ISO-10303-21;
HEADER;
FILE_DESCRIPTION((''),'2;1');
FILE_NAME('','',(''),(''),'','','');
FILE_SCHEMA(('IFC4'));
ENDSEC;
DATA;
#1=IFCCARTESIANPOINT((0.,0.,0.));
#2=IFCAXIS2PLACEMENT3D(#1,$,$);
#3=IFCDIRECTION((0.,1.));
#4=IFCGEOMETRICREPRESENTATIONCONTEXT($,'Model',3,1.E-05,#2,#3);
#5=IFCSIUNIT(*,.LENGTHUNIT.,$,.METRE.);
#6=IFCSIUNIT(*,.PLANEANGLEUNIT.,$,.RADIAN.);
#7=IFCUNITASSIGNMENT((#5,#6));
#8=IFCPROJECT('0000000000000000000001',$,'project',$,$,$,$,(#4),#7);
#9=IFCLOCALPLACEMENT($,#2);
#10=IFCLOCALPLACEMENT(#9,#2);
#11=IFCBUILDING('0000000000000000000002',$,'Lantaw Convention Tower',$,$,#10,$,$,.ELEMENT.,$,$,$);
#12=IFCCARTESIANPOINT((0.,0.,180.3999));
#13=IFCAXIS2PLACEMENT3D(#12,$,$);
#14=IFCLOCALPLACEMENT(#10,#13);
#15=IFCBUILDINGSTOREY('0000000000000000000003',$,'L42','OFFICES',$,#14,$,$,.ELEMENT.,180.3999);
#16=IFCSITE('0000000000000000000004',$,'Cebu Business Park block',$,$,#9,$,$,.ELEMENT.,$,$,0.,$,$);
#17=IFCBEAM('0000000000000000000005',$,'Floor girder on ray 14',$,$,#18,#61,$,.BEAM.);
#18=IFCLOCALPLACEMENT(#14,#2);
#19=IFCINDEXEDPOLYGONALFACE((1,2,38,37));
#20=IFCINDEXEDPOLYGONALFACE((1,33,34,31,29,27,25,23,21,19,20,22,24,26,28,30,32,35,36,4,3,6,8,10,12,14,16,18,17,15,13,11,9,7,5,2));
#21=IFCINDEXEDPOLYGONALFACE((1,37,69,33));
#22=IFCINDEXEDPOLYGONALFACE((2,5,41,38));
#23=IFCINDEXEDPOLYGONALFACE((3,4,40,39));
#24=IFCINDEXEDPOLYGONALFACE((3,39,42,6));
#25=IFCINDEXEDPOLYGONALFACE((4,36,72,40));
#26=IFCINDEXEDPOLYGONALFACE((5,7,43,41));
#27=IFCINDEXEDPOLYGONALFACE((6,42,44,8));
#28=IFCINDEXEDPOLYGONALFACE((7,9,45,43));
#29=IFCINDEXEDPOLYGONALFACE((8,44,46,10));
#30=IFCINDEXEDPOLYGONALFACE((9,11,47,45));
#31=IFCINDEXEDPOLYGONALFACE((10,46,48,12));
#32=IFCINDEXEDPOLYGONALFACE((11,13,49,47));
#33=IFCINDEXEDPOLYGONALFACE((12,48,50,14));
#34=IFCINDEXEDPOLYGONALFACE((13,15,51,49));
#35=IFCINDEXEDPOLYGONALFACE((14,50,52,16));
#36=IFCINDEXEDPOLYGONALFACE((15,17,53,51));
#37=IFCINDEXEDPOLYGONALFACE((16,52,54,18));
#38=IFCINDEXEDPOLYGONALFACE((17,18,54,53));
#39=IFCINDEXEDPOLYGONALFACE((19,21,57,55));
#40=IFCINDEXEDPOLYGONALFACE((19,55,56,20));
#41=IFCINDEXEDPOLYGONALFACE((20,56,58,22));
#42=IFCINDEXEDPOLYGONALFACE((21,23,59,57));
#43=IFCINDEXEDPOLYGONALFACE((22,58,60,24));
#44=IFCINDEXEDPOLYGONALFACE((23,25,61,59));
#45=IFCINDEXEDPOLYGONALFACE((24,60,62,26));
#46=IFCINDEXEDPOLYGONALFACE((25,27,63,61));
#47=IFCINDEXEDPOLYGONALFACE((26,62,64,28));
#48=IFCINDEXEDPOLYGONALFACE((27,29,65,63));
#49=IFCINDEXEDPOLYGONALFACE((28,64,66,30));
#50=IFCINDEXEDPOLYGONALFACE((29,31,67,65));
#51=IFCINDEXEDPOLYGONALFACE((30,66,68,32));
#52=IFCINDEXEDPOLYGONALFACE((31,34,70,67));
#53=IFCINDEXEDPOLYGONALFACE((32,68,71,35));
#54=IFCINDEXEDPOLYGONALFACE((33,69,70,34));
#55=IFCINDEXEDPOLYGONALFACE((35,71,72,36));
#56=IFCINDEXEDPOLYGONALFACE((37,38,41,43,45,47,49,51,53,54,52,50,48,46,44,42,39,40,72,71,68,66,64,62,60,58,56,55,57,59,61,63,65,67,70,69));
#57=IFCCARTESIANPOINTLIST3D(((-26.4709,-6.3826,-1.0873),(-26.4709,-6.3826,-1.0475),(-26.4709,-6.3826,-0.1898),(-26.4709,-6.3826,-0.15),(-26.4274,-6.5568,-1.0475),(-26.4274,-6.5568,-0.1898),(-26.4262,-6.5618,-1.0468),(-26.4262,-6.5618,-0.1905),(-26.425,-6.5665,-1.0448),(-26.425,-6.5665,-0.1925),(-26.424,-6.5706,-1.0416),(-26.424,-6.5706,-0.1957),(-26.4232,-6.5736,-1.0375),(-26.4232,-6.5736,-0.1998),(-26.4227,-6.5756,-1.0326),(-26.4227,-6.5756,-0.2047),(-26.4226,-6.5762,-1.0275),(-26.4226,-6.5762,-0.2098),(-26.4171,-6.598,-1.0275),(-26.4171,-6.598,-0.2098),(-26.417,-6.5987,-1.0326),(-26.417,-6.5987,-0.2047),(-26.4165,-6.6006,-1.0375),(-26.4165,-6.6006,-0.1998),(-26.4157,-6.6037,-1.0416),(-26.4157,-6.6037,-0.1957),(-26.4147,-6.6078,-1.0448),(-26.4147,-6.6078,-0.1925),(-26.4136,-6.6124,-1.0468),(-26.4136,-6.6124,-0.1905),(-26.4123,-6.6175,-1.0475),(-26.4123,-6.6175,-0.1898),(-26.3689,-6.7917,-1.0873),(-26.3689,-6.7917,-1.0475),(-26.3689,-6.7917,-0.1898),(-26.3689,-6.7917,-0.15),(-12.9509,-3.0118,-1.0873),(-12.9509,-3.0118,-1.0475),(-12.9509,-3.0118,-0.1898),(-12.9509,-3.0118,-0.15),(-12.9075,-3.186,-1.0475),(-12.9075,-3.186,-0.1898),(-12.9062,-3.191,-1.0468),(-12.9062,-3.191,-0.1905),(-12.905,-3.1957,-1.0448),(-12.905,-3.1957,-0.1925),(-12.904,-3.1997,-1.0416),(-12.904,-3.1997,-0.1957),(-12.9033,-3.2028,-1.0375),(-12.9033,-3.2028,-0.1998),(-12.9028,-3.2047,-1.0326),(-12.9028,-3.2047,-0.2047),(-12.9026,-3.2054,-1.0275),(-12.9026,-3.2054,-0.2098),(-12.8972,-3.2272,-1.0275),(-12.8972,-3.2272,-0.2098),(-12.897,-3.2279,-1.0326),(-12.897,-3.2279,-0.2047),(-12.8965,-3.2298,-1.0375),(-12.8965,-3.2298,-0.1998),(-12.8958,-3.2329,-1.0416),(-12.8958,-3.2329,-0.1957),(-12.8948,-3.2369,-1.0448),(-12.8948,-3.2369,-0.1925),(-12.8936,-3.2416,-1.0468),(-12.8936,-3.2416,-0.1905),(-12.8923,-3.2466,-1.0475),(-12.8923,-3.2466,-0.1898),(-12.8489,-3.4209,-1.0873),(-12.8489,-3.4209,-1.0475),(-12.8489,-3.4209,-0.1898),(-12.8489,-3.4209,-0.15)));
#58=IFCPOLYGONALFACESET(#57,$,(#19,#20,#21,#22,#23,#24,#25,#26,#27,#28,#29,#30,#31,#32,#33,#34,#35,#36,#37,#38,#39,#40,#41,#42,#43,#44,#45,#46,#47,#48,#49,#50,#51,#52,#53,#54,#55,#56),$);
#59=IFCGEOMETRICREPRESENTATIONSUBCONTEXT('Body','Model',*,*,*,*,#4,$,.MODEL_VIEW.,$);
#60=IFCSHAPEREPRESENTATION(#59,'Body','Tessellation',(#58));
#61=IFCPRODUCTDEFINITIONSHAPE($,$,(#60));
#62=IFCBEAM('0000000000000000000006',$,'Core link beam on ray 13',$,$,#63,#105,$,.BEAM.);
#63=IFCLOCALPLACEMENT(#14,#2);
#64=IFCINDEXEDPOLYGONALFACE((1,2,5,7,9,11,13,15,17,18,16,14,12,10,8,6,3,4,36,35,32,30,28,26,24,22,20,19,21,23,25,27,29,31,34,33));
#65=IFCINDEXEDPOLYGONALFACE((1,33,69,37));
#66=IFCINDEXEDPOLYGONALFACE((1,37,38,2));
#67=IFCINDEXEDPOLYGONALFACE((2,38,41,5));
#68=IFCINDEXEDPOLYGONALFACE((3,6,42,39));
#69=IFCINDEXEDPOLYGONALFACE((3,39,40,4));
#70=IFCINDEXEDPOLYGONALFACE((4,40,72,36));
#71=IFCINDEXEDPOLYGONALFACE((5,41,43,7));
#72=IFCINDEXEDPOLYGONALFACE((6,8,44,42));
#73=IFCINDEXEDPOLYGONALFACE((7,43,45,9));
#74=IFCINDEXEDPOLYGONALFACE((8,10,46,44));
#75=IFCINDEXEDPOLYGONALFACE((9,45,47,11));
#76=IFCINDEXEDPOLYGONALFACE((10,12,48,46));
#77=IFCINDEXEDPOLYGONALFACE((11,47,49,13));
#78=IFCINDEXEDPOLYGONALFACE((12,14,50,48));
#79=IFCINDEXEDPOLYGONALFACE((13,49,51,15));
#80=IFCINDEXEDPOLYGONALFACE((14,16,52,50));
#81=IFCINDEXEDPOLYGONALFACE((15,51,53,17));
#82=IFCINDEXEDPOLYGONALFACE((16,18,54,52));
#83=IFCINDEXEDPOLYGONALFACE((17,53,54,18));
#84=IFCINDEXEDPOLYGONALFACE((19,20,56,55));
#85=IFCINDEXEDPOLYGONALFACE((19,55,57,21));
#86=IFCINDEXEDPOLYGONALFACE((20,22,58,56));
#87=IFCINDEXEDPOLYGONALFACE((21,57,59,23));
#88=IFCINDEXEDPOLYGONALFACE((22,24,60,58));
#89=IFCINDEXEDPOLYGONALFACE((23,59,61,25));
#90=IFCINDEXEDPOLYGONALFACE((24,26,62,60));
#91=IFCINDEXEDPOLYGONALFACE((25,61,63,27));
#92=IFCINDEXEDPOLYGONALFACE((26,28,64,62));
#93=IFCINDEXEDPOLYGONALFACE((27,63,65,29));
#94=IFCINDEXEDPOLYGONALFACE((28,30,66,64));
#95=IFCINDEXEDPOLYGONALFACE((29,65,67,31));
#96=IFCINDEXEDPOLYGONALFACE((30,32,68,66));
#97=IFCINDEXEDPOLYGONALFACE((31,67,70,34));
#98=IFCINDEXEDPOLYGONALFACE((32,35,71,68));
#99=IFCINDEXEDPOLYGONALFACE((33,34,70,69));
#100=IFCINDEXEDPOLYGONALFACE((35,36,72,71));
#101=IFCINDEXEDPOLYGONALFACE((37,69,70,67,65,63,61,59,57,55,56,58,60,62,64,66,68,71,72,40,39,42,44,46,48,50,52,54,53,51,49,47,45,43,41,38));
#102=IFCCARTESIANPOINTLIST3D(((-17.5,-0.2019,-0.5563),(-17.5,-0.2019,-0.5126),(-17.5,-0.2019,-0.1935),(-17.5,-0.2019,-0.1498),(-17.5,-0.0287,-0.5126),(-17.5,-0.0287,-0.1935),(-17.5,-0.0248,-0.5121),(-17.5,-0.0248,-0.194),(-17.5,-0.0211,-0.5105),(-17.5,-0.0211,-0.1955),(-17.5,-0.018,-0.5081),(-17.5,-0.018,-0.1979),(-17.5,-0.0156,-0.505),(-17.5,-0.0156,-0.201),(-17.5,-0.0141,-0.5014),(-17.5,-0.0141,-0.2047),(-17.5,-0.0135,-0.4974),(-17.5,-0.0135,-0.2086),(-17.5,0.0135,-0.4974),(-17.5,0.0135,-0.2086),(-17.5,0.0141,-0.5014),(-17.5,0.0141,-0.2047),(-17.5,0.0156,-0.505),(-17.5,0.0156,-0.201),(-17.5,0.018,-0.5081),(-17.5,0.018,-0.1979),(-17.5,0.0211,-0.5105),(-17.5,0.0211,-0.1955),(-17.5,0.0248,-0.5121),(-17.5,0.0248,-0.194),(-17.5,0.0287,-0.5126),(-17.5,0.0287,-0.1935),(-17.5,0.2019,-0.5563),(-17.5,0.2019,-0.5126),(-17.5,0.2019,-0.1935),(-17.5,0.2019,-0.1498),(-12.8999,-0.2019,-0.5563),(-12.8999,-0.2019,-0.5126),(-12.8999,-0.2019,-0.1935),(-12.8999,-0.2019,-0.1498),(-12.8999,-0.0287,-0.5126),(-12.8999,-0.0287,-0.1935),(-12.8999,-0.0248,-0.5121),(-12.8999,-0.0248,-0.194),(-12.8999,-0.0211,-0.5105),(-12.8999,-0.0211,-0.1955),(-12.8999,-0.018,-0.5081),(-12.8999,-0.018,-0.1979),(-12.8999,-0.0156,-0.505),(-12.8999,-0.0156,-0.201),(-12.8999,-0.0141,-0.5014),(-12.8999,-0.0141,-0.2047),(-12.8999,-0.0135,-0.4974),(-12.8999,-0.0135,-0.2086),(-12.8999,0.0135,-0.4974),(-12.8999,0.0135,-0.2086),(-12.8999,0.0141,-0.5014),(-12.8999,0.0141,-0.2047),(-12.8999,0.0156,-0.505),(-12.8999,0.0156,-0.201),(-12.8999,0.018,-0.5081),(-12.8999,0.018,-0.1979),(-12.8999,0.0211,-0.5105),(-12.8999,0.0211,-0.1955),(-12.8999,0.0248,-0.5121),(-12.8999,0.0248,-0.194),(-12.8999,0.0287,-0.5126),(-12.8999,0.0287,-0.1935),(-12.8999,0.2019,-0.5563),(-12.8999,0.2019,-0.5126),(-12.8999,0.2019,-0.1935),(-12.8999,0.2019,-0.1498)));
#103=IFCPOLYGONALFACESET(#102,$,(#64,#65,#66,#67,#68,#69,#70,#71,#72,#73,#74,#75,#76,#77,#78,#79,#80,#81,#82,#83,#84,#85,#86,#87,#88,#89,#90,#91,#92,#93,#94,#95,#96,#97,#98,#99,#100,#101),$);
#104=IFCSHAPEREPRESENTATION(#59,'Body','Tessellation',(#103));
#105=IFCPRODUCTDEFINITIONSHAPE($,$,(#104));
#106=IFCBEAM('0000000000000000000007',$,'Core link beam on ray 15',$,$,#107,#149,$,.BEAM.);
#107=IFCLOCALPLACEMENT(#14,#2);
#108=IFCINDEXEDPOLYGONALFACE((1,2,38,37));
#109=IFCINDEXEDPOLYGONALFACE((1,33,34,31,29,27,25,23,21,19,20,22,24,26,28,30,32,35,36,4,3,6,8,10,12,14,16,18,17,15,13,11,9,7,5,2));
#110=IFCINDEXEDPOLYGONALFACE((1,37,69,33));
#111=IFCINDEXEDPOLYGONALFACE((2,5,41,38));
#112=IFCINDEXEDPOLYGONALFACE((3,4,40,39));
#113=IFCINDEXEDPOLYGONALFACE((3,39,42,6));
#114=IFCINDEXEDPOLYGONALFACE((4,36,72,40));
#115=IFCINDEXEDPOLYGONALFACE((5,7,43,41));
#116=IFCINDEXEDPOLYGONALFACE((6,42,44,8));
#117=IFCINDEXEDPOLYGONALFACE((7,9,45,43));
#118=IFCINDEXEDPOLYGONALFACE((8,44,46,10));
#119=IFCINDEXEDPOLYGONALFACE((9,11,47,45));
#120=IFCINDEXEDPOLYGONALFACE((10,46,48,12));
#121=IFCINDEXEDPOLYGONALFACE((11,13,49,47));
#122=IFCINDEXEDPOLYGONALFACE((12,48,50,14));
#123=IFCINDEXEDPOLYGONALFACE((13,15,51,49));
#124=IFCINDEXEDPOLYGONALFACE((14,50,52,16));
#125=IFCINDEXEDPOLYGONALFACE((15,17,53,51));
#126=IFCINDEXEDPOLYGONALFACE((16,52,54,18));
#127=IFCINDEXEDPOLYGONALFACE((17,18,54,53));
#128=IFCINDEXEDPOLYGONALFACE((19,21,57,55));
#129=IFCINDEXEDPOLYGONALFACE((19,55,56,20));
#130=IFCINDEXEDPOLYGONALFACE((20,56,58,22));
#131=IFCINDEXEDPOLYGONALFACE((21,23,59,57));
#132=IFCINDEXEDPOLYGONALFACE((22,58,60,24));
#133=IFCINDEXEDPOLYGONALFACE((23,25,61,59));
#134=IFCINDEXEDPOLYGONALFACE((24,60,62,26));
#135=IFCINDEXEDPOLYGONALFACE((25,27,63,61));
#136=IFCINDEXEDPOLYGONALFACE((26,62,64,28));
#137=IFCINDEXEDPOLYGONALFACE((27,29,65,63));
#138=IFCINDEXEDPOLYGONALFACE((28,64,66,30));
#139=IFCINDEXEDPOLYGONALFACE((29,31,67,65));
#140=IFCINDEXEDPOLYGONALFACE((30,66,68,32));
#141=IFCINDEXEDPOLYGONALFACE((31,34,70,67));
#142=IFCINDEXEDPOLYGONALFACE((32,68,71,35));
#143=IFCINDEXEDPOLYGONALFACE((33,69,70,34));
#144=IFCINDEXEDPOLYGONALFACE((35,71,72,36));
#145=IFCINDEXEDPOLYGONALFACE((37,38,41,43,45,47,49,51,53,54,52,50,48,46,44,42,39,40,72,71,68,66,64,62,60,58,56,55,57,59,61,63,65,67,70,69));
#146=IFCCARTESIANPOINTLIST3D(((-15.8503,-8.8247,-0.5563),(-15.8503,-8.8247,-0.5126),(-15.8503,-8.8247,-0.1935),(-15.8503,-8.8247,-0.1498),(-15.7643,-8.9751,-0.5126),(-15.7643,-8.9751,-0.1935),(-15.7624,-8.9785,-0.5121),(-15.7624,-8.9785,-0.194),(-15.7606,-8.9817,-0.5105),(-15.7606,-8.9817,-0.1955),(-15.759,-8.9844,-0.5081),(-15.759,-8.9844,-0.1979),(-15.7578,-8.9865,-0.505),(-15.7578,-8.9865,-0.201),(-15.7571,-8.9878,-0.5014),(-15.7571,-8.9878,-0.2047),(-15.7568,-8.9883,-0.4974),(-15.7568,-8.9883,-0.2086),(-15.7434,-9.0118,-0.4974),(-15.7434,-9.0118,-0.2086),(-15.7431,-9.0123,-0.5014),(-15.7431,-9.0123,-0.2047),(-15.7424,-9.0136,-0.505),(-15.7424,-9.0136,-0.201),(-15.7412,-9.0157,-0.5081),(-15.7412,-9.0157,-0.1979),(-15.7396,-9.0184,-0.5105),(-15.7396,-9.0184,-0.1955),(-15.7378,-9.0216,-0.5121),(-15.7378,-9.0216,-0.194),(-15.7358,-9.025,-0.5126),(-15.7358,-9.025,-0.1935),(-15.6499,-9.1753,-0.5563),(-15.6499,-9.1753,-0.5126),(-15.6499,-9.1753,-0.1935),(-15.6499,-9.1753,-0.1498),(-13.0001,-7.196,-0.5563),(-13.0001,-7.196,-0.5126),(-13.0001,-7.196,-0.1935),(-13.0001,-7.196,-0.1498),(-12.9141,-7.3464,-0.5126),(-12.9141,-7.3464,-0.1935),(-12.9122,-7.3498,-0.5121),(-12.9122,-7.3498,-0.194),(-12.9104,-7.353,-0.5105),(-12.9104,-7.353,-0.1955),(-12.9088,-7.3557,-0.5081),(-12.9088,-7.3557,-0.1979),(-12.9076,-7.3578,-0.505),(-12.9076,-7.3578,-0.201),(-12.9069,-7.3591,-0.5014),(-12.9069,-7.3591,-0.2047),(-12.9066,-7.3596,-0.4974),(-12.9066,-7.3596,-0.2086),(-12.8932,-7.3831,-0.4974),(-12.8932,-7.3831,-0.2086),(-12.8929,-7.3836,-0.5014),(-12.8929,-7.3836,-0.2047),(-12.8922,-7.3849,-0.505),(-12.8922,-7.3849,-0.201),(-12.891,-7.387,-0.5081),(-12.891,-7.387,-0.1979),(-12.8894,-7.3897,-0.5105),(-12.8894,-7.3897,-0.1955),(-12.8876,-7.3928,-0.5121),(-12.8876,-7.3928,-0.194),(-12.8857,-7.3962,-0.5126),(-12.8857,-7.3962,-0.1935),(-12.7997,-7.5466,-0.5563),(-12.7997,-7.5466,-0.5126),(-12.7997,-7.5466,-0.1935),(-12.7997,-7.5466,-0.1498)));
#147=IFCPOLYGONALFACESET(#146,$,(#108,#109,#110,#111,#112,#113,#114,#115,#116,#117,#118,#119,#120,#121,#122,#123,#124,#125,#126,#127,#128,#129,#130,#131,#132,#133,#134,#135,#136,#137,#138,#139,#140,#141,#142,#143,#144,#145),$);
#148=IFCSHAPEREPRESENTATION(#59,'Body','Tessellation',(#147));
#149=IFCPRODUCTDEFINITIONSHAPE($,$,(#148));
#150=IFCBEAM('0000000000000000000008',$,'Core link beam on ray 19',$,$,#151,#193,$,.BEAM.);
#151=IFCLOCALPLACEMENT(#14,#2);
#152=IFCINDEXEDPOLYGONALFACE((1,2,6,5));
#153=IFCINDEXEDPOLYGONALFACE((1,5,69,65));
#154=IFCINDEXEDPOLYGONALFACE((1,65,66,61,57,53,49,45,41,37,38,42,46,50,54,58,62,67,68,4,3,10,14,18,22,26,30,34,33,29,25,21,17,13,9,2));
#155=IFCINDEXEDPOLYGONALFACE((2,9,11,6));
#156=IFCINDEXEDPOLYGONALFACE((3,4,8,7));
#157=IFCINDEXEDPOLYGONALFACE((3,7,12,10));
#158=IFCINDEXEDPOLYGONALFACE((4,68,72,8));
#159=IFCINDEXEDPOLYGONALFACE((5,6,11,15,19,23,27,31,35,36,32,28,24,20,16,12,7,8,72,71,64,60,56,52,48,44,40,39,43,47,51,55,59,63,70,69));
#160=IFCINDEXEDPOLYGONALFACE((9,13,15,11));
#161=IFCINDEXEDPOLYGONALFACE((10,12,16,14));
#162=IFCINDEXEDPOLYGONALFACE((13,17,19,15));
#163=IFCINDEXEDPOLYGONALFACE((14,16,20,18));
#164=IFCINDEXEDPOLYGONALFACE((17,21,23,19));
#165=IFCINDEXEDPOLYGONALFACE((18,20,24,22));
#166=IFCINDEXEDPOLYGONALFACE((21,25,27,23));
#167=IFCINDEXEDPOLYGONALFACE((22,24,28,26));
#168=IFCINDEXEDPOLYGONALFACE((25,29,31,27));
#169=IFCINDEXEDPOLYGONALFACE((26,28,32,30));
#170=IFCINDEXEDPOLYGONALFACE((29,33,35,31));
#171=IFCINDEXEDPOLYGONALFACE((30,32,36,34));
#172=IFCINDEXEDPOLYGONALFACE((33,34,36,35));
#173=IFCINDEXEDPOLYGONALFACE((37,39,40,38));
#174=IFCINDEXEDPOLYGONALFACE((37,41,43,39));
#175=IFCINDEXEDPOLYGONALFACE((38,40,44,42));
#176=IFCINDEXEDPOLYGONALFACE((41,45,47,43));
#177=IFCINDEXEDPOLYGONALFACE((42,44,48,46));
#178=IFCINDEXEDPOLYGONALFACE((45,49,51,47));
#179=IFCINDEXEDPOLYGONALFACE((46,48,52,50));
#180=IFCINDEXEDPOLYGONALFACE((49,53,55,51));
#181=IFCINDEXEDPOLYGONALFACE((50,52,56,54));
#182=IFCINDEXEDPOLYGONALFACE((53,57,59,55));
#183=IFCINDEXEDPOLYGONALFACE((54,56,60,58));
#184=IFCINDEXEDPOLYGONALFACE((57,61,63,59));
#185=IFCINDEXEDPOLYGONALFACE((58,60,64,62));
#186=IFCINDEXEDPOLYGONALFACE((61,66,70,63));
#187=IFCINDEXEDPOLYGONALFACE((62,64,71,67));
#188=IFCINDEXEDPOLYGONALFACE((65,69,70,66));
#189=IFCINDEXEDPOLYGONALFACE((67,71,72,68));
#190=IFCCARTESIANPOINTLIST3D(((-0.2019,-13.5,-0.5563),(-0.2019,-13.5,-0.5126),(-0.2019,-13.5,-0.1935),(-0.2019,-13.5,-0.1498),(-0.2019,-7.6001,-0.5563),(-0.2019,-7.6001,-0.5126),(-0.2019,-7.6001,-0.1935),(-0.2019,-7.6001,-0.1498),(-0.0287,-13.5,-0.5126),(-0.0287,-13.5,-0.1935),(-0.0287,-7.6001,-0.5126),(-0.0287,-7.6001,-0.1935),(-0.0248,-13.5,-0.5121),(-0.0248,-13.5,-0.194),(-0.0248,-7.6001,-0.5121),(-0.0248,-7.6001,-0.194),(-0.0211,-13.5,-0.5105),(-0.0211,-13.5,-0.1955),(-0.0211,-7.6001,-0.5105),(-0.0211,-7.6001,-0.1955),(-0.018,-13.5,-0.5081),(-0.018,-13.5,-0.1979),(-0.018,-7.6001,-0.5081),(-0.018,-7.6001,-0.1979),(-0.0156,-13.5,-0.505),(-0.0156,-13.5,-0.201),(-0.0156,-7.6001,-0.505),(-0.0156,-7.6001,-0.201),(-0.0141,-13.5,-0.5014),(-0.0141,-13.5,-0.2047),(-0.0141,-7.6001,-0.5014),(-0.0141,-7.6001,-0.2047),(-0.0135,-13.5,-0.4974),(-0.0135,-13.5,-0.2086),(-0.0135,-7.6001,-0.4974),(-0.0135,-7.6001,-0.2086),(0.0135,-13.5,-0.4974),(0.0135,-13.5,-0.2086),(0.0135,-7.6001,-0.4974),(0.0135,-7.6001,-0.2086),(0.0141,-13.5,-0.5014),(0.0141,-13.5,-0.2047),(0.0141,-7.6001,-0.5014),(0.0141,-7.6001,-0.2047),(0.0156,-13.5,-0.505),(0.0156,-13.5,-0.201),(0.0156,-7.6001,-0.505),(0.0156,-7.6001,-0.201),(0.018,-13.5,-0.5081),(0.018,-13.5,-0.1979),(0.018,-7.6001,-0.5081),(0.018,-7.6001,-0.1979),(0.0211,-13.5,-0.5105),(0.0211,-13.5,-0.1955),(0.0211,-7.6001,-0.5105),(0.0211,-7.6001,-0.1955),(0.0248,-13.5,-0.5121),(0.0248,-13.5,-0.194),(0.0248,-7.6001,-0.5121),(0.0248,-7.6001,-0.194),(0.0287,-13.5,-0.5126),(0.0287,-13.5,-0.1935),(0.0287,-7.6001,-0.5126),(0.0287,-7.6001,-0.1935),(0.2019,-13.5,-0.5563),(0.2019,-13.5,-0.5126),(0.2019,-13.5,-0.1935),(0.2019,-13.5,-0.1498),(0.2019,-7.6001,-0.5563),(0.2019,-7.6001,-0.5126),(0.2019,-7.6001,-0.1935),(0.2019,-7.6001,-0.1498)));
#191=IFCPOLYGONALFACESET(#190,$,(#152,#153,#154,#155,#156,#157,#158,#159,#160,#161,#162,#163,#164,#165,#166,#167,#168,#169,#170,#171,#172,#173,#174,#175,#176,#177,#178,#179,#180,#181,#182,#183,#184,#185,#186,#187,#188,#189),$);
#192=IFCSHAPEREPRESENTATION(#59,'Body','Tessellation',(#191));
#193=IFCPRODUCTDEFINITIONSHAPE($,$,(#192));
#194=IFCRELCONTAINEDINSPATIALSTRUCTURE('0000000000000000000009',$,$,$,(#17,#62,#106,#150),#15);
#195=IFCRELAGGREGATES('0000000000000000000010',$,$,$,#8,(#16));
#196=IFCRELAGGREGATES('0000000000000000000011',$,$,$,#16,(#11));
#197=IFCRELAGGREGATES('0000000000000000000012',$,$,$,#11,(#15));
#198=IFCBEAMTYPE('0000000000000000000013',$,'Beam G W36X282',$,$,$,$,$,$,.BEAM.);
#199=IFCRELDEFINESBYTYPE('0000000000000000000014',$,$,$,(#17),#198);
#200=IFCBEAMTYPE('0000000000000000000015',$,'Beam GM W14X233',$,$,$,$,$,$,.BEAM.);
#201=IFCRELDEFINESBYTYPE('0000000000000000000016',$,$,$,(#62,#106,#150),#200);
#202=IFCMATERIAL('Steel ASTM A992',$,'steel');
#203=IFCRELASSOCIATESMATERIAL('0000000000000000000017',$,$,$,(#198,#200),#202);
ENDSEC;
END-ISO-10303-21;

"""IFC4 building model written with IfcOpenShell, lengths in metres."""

from ifc_helpers import new_model, si_unit, direction, frame, origin, origin_2d, place, context, subcontext, project, spatial, i_section, extrude, material, material_profile, profile_set, type_object, element, save


model = new_model("IFC4")

# Units and contexts
model_context = context("Model", 3, precision=1e-05, world=origin(), true_north=direction((0.0, 1.0)))
body_context = subcontext(model_context, "Body", "Model", "MODEL_VIEW")
ifc_project = project(units=[si_unit("LENGTHUNIT", "METRE"), si_unit("PLANEANGLEUNIT", "RADIAN")], contexts=[model_context])

# Site, building, storey
site_placement = place(None, origin())
site = spatial("IfcSite", under=ifc_project, at=site_placement, Name="Cebu Business Park block", CompositionType="ELEMENT", RefElevation=0.0)
building_placement = place(site_placement, origin())
building = spatial("IfcBuilding", under=site, at=building_placement, Name="Lantaw Convention Tower", CompositionType="ELEMENT")
storey_placement = place(building_placement, frame((0.0, 0.0, 180.3999)))
storey = spatial("IfcBuildingStorey", under=building, at=storey_placement, Name="L42", Description="OFFICES", CompositionType="ELEMENT", Elevation=180.3999)

# Beams
ifc_material_1 = material(Name="Steel ASTM A992", Category="steel")
ifc_material_profile_1 = material_profile(ifc_material_1, i_section(OverallWidth=0.4216, OverallDepth=0.9373, WebThickness=0.0225, FlangeThickness=0.0398, FilletRadius=0.02, at=origin_2d()), Name="W36X282")
ifc_profile_set_1 = profile_set([ifc_material_profile_1], Name="Steel ASTM A992")
beam_type_1 = type_object("IfcBeamType", Name="Beam G W36X282", PredefinedType="BEAM", material=ifc_profile_set_1)
beam_1_placement = place(storey_placement, frame((-12.8999, -3.2163, -0.6187), z_axis=(-0.970297, -0.241917, 0.0), x_axis=(0.241917, -0.970297, 0.0)))
element("IfcBeam", 1, at=beam_1_placement, inside=storey, type_object=beam_type_1, Name="Floor girder on ray 14", PredefinedType="BEAM", context=body_context, shape_type="SweptSolid", body=[
    extrude(i_section(OverallWidth=0.4216, OverallDepth=0.9373, WebThickness=0.0225, FlangeThickness=0.0398, FilletRadius=0.02, at=origin_2d()), origin(), (0.0, 0.0, 1.0), 13.9338),
])
ifc_material_profile_2 = material_profile(ifc_material_1, i_section(OverallWidth=0.4038, OverallDepth=0.4065, WebThickness=0.0271, FlangeThickness=0.0437, FilletRadius=0.0151, at=origin_2d()), Name="W14X233")
ifc_profile_set_2 = profile_set([ifc_material_profile_2], Name="Steel ASTM A992")
beam_type_2 = type_object("IfcBeamType", Name="Beam GM W14X233", PredefinedType="BEAM", material=ifc_profile_set_2)
beam_2_placement = place(storey_placement, frame((-12.8999, 0.0, -0.353), z_axis=(-1.0, 0.0, 0.0), x_axis=(0.0, -1.0, 0.0)))
element("IfcBeam", 2, at=beam_2_placement, inside=storey, type_object=beam_type_2, Name="Core link beam on ray 13", PredefinedType="BEAM", context=body_context, shape_type="SweptSolid", body=[
    extrude(i_section(OverallWidth=0.4038, OverallDepth=0.4065, WebThickness=0.0271, FlangeThickness=0.0437, FilletRadius=0.0151, at=origin_2d()), origin(), (0.0, 0.0, 1.0), 4.6001),
])
beam_3_placement = place(storey_placement, frame((-12.8999, -7.3713, -0.353), z_axis=(-0.868239, -0.496147, 0.0), x_axis=(0.496147, -0.868239, 0.0)))
element("IfcBeam", 3, at=beam_3_placement, inside=storey, type_object=beam_type_2, Name="Core link beam on ray 15", PredefinedType="BEAM", context=body_context, shape_type="SweptSolid", body=[
    extrude(i_section(OverallWidth=0.4038, OverallDepth=0.4065, WebThickness=0.0271, FlangeThickness=0.0437, FilletRadius=0.0151, at=origin_2d()), origin(), (0.0, 0.0, 1.0), 3.2827),
])
beam_4_placement = place(storey_placement, frame((0.0, -7.6001, -0.353), z_axis=(0.0, -1.0, 0.0), x_axis=(1.0, 0.0, 0.0)))
element("IfcBeam", 4, at=beam_4_placement, inside=storey, type_object=beam_type_2, Name="Core link beam on ray 19", PredefinedType="BEAM", context=body_context, shape_type="SweptSolid", body=[
    extrude(i_section(OverallWidth=0.4038, OverallDepth=0.4065, WebThickness=0.0271, FlangeThickness=0.0437, FilletRadius=0.0151, at=origin_2d()), origin(), (0.0, 0.0, 1.0), 5.8999),
])

save(model, "model.ifc")
